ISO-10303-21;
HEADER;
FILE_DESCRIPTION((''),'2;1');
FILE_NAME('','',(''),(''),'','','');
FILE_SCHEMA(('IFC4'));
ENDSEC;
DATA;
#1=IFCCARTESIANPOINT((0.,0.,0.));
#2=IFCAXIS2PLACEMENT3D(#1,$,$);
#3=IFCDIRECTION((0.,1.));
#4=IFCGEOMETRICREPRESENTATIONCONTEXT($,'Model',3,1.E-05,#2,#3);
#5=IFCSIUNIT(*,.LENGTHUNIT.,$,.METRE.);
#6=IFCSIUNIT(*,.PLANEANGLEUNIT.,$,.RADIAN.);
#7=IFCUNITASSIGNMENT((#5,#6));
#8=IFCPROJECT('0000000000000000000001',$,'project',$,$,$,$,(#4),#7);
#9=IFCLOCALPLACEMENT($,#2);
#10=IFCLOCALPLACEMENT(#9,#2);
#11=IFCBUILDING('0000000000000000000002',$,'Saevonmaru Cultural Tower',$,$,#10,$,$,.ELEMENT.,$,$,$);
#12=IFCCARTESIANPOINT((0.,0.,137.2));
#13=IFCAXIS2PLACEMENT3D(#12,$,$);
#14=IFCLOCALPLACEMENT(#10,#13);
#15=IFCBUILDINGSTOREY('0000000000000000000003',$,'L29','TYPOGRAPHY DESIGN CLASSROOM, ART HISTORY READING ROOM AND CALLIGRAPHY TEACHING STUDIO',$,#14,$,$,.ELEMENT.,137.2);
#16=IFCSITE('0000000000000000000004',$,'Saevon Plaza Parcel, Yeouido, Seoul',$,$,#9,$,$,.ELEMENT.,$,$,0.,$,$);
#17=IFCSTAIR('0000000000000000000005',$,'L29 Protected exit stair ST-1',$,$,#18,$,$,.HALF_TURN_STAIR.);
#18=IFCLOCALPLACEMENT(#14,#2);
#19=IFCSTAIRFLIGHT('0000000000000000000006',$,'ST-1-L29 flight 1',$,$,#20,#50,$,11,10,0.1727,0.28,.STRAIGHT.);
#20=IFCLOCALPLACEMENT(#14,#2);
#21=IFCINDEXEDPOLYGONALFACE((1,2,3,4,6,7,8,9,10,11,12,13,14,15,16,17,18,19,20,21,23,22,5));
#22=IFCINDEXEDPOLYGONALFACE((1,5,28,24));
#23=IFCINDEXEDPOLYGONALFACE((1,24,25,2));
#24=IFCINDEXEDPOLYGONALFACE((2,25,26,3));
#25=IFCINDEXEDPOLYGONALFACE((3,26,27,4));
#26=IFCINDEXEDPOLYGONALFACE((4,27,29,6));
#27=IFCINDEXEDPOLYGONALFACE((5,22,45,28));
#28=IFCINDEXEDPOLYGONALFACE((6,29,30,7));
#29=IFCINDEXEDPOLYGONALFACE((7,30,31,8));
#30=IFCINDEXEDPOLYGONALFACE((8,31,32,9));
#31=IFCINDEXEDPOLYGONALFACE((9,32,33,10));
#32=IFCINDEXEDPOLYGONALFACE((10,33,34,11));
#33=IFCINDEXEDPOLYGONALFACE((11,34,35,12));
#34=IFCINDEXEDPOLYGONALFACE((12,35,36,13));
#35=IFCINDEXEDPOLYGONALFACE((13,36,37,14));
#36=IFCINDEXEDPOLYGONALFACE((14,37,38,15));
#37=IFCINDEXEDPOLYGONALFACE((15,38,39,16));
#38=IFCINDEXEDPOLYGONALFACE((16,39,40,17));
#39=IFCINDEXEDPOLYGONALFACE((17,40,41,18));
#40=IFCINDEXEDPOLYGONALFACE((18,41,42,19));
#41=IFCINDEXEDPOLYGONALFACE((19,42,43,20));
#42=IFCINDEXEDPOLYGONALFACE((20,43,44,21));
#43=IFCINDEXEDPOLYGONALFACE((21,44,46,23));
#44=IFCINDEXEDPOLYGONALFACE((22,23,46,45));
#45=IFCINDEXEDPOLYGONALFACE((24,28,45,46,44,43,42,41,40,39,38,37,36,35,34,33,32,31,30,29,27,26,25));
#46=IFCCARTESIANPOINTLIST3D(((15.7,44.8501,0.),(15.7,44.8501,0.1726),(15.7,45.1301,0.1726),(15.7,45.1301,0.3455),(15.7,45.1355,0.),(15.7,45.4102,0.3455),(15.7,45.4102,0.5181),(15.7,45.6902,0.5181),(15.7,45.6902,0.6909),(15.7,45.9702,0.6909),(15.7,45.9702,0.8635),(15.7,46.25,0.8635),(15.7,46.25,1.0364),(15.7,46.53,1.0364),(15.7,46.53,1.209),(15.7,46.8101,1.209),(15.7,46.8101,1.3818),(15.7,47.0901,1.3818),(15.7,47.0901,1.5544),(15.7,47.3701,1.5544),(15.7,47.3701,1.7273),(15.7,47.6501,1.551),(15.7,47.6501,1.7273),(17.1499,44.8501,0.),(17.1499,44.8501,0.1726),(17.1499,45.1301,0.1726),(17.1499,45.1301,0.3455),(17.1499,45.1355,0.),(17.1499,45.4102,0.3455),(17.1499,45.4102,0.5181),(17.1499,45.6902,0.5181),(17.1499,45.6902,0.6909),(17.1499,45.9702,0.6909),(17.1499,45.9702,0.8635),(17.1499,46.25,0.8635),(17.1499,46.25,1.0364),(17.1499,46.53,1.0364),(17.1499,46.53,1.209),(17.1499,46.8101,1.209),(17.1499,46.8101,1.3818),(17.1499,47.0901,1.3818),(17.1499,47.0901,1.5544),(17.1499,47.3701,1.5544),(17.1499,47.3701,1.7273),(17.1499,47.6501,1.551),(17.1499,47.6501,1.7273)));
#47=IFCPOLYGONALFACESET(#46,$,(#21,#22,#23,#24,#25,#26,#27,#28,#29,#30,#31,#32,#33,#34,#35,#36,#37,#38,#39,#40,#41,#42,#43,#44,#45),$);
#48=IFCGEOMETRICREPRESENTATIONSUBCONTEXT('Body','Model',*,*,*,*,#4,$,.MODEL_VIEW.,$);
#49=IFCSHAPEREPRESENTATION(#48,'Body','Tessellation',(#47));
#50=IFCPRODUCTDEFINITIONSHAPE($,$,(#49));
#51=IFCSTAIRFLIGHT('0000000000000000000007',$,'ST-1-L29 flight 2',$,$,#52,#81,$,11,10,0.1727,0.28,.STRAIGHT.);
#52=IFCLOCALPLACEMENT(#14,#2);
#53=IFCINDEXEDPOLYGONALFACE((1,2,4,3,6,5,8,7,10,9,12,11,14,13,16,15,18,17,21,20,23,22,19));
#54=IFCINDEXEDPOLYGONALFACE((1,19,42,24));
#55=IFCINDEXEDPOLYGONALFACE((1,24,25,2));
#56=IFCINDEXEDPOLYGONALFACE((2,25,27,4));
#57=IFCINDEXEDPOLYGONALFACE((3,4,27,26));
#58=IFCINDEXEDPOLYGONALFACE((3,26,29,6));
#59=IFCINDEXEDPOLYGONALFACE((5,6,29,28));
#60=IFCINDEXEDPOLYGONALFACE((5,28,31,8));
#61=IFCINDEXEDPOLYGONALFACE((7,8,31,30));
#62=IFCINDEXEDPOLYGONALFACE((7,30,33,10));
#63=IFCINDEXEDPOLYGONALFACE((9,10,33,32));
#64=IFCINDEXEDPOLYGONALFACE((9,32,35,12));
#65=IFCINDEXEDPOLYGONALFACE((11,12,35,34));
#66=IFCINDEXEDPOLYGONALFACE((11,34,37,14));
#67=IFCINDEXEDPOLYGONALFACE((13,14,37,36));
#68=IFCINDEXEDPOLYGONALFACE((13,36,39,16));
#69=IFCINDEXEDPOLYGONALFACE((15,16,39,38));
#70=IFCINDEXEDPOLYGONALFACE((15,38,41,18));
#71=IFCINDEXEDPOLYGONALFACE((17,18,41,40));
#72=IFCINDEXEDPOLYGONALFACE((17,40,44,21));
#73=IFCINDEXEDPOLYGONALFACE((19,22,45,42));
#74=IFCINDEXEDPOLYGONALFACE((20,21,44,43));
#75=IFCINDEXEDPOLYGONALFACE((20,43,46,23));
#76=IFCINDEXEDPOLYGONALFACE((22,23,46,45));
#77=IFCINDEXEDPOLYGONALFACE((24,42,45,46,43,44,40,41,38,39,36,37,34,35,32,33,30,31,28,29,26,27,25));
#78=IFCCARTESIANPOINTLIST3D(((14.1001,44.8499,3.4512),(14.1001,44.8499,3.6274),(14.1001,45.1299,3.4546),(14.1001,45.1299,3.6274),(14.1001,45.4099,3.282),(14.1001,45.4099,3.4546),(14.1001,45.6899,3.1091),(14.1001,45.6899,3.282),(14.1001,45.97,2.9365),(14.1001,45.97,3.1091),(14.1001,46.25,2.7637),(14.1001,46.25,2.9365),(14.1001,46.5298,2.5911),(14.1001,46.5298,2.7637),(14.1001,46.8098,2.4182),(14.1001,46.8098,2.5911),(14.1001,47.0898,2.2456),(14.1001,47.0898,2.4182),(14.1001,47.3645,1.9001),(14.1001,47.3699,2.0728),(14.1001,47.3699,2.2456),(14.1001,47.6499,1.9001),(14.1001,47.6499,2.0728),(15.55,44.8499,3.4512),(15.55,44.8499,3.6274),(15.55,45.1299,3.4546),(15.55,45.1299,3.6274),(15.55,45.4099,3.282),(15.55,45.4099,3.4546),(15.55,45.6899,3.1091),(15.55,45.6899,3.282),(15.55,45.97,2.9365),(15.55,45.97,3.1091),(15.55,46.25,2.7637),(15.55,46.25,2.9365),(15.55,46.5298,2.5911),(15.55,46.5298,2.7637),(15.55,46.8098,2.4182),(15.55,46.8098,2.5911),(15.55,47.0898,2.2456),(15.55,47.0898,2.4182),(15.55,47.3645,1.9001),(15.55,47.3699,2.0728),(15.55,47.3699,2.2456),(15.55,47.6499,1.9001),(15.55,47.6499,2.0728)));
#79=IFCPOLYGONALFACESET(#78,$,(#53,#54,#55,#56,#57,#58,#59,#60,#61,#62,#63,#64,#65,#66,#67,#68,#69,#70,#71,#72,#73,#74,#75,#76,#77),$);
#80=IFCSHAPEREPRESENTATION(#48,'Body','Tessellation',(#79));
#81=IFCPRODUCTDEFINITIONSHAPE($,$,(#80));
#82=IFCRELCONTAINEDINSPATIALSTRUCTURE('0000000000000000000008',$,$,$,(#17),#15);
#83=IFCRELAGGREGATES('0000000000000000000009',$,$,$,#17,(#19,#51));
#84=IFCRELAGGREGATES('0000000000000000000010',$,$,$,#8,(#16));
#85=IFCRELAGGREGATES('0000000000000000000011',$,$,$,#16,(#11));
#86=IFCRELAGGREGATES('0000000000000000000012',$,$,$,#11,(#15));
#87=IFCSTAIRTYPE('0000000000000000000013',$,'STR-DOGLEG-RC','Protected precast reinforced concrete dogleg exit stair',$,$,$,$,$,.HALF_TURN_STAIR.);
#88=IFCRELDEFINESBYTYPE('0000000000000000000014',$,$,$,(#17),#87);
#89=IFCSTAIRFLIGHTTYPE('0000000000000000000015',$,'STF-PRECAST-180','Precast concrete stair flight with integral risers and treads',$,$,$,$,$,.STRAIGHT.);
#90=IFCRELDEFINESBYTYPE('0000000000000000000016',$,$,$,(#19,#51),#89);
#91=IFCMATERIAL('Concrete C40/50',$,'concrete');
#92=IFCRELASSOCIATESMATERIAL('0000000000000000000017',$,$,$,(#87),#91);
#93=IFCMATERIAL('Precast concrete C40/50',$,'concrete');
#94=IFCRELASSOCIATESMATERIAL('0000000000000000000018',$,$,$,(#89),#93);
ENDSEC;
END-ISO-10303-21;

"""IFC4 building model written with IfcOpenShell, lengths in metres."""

from ifc_helpers import new_model, si_unit, direction, frame, origin, place, context, subcontext, project, spatial, polyline, outline, extrude, material, type_object, element, aggregate, save


model = new_model("IFC4")

# Units and contexts
model_context = context("Model", 3, precision=1e-05, world=origin(), true_north=direction((0.0, 1.0)))
body_context = subcontext(model_context, "Body", "Model", "MODEL_VIEW")
ifc_project = project(units=[si_unit("LENGTHUNIT", "METRE"), si_unit("PLANEANGLEUNIT", "RADIAN")], contexts=[model_context])

# Site, building, storey
site_placement = place(None, origin())
site = spatial("IfcSite", under=ifc_project, at=site_placement, Name="Saevon Plaza Parcel, Yeouido, Seoul", CompositionType="ELEMENT", RefElevation=0.0)
building_placement = place(site_placement, origin())
building = spatial("IfcBuilding", under=site, at=building_placement, Name="Saevonmaru Cultural Tower", CompositionType="ELEMENT")
storey_placement = place(building_placement, frame((0.0, 0.0, 137.2)))
storey = spatial("IfcBuildingStorey", under=building, at=storey_placement, Name="L29", Description="TYPOGRAPHY DESIGN CLASSROOM, ART HISTORY READING ROOM AND CALLIGRAPHY TEACHING STUDIO", CompositionType="ELEMENT", Elevation=137.2)

# Shared definitions
ifc_material_1 = material(Name="Concrete C40/50", Category="concrete")

# Stair, stair flights
stair_type = type_object("IfcStairType", Name="STR-DOGLEG-RC", Description="Protected precast reinforced concrete dogleg exit stair", PredefinedType="HALF_TURN_STAIR", material=ifc_material_1)
stair_placement = place(storey_placement, origin())
stair = element("IfcStair", 1, at=stair_placement, inside=storey, type_object=stair_type, Name="L29 Protected exit stair ST-1", PredefinedType="HALF_TURN_STAIR")
ifc_material_2 = material(Name="Precast concrete C40/50", Category="concrete")
stair_flight_type = type_object("IfcStairFlightType", Name="STF-PRECAST-180", Description="Precast concrete stair flight with integral risers and treads", PredefinedType="STRAIGHT", material=ifc_material_2)
stair_flight_1_placement = place(storey_placement, frame((16.425, 44.8501, 0.0), z_axis=(0.0, 0.0, 1.0), x_axis=(0.0, 1.0, 0.0)))
stair_flight_1 = element("IfcStairFlight", 2, at=stair_flight_1_placement, type_object=stair_flight_type, Name="ST-1-L29 flight 1", NumberOfRisers=11, NumberOfTreads=10, PredefinedType="STRAIGHT", RiserHeight=0.1727, TreadLength=0.28, context=body_context, shape_type="SweptSolid", body=[
    extrude(outline(polyline([(0.0, 0.0), (0.0, 0.1726), (0.28, 0.1726), (0.28, 0.3455), (0.5601, 0.3455), (0.5601, 0.5181), (0.8401, 0.5181), (0.8401, 0.6909), (1.1201, 0.6909), (1.1201, 0.8635), (1.3999, 0.8635), (1.3999, 1.0364), (1.6799, 1.0364), (1.6799, 1.209), (1.96, 1.209), (1.96, 1.3818), (2.24, 1.3818), (2.24, 1.5544), (2.52, 1.5544), (2.52, 1.7273), (2.8, 1.7273), (2.8, 1.8999), (2.8, 1.551), (0.2854, 0.0), (0.0, 0.0)])), frame((0.0, 0.7251, 0.0), z_axis=(0.0, -1.0, 0.0), x_axis=(1.0, 0.0, 0.0)), (0.0, 0.0, 1.0), 1.45),
])
stair_flight_2_placement = place(storey_placement, frame((14.825, 47.6499, 1.9001), z_axis=(0.0, 0.0, 1.0), x_axis=(0.0, -1.0, 0.0)))
stair_flight_2 = element("IfcStairFlight", 3, at=stair_flight_2_placement, type_object=stair_flight_type, Name="ST-1-L29 flight 2", NumberOfRisers=11, NumberOfTreads=10, PredefinedType="STRAIGHT", RiserHeight=0.1727, TreadLength=0.28, context=body_context, shape_type="SweptSolid", body=[
    extrude(outline(polyline([(0.0, 0.0), (0.0, 0.1726), (0.28, 0.1726), (0.28, 0.3455), (0.5601, 0.3455), (0.5601, 0.5181), (0.8401, 0.5181), (0.8401, 0.6909), (1.1201, 0.6909), (1.1201, 0.8635), (1.3999, 0.8635), (1.3999, 1.0364), (1.6799, 1.0364), (1.6799, 1.209), (1.96, 1.209), (1.96, 1.3818), (2.24, 1.3818), (2.24, 1.5544), (2.52, 1.5544), (2.52, 1.7273), (2.8, 1.7273), (2.8, 1.8999), (2.8, 1.551), (0.2854, 0.0), (0.0, 0.0)])), frame((0.0, 0.7251, 0.0), z_axis=(0.0, -1.0, 0.0), x_axis=(1.0, 0.0, 0.0)), (0.0, 0.0, 1.0), 1.45),
])
aggregate(stair, [stair_flight_1, stair_flight_2])

save(model, "model.ifc")
